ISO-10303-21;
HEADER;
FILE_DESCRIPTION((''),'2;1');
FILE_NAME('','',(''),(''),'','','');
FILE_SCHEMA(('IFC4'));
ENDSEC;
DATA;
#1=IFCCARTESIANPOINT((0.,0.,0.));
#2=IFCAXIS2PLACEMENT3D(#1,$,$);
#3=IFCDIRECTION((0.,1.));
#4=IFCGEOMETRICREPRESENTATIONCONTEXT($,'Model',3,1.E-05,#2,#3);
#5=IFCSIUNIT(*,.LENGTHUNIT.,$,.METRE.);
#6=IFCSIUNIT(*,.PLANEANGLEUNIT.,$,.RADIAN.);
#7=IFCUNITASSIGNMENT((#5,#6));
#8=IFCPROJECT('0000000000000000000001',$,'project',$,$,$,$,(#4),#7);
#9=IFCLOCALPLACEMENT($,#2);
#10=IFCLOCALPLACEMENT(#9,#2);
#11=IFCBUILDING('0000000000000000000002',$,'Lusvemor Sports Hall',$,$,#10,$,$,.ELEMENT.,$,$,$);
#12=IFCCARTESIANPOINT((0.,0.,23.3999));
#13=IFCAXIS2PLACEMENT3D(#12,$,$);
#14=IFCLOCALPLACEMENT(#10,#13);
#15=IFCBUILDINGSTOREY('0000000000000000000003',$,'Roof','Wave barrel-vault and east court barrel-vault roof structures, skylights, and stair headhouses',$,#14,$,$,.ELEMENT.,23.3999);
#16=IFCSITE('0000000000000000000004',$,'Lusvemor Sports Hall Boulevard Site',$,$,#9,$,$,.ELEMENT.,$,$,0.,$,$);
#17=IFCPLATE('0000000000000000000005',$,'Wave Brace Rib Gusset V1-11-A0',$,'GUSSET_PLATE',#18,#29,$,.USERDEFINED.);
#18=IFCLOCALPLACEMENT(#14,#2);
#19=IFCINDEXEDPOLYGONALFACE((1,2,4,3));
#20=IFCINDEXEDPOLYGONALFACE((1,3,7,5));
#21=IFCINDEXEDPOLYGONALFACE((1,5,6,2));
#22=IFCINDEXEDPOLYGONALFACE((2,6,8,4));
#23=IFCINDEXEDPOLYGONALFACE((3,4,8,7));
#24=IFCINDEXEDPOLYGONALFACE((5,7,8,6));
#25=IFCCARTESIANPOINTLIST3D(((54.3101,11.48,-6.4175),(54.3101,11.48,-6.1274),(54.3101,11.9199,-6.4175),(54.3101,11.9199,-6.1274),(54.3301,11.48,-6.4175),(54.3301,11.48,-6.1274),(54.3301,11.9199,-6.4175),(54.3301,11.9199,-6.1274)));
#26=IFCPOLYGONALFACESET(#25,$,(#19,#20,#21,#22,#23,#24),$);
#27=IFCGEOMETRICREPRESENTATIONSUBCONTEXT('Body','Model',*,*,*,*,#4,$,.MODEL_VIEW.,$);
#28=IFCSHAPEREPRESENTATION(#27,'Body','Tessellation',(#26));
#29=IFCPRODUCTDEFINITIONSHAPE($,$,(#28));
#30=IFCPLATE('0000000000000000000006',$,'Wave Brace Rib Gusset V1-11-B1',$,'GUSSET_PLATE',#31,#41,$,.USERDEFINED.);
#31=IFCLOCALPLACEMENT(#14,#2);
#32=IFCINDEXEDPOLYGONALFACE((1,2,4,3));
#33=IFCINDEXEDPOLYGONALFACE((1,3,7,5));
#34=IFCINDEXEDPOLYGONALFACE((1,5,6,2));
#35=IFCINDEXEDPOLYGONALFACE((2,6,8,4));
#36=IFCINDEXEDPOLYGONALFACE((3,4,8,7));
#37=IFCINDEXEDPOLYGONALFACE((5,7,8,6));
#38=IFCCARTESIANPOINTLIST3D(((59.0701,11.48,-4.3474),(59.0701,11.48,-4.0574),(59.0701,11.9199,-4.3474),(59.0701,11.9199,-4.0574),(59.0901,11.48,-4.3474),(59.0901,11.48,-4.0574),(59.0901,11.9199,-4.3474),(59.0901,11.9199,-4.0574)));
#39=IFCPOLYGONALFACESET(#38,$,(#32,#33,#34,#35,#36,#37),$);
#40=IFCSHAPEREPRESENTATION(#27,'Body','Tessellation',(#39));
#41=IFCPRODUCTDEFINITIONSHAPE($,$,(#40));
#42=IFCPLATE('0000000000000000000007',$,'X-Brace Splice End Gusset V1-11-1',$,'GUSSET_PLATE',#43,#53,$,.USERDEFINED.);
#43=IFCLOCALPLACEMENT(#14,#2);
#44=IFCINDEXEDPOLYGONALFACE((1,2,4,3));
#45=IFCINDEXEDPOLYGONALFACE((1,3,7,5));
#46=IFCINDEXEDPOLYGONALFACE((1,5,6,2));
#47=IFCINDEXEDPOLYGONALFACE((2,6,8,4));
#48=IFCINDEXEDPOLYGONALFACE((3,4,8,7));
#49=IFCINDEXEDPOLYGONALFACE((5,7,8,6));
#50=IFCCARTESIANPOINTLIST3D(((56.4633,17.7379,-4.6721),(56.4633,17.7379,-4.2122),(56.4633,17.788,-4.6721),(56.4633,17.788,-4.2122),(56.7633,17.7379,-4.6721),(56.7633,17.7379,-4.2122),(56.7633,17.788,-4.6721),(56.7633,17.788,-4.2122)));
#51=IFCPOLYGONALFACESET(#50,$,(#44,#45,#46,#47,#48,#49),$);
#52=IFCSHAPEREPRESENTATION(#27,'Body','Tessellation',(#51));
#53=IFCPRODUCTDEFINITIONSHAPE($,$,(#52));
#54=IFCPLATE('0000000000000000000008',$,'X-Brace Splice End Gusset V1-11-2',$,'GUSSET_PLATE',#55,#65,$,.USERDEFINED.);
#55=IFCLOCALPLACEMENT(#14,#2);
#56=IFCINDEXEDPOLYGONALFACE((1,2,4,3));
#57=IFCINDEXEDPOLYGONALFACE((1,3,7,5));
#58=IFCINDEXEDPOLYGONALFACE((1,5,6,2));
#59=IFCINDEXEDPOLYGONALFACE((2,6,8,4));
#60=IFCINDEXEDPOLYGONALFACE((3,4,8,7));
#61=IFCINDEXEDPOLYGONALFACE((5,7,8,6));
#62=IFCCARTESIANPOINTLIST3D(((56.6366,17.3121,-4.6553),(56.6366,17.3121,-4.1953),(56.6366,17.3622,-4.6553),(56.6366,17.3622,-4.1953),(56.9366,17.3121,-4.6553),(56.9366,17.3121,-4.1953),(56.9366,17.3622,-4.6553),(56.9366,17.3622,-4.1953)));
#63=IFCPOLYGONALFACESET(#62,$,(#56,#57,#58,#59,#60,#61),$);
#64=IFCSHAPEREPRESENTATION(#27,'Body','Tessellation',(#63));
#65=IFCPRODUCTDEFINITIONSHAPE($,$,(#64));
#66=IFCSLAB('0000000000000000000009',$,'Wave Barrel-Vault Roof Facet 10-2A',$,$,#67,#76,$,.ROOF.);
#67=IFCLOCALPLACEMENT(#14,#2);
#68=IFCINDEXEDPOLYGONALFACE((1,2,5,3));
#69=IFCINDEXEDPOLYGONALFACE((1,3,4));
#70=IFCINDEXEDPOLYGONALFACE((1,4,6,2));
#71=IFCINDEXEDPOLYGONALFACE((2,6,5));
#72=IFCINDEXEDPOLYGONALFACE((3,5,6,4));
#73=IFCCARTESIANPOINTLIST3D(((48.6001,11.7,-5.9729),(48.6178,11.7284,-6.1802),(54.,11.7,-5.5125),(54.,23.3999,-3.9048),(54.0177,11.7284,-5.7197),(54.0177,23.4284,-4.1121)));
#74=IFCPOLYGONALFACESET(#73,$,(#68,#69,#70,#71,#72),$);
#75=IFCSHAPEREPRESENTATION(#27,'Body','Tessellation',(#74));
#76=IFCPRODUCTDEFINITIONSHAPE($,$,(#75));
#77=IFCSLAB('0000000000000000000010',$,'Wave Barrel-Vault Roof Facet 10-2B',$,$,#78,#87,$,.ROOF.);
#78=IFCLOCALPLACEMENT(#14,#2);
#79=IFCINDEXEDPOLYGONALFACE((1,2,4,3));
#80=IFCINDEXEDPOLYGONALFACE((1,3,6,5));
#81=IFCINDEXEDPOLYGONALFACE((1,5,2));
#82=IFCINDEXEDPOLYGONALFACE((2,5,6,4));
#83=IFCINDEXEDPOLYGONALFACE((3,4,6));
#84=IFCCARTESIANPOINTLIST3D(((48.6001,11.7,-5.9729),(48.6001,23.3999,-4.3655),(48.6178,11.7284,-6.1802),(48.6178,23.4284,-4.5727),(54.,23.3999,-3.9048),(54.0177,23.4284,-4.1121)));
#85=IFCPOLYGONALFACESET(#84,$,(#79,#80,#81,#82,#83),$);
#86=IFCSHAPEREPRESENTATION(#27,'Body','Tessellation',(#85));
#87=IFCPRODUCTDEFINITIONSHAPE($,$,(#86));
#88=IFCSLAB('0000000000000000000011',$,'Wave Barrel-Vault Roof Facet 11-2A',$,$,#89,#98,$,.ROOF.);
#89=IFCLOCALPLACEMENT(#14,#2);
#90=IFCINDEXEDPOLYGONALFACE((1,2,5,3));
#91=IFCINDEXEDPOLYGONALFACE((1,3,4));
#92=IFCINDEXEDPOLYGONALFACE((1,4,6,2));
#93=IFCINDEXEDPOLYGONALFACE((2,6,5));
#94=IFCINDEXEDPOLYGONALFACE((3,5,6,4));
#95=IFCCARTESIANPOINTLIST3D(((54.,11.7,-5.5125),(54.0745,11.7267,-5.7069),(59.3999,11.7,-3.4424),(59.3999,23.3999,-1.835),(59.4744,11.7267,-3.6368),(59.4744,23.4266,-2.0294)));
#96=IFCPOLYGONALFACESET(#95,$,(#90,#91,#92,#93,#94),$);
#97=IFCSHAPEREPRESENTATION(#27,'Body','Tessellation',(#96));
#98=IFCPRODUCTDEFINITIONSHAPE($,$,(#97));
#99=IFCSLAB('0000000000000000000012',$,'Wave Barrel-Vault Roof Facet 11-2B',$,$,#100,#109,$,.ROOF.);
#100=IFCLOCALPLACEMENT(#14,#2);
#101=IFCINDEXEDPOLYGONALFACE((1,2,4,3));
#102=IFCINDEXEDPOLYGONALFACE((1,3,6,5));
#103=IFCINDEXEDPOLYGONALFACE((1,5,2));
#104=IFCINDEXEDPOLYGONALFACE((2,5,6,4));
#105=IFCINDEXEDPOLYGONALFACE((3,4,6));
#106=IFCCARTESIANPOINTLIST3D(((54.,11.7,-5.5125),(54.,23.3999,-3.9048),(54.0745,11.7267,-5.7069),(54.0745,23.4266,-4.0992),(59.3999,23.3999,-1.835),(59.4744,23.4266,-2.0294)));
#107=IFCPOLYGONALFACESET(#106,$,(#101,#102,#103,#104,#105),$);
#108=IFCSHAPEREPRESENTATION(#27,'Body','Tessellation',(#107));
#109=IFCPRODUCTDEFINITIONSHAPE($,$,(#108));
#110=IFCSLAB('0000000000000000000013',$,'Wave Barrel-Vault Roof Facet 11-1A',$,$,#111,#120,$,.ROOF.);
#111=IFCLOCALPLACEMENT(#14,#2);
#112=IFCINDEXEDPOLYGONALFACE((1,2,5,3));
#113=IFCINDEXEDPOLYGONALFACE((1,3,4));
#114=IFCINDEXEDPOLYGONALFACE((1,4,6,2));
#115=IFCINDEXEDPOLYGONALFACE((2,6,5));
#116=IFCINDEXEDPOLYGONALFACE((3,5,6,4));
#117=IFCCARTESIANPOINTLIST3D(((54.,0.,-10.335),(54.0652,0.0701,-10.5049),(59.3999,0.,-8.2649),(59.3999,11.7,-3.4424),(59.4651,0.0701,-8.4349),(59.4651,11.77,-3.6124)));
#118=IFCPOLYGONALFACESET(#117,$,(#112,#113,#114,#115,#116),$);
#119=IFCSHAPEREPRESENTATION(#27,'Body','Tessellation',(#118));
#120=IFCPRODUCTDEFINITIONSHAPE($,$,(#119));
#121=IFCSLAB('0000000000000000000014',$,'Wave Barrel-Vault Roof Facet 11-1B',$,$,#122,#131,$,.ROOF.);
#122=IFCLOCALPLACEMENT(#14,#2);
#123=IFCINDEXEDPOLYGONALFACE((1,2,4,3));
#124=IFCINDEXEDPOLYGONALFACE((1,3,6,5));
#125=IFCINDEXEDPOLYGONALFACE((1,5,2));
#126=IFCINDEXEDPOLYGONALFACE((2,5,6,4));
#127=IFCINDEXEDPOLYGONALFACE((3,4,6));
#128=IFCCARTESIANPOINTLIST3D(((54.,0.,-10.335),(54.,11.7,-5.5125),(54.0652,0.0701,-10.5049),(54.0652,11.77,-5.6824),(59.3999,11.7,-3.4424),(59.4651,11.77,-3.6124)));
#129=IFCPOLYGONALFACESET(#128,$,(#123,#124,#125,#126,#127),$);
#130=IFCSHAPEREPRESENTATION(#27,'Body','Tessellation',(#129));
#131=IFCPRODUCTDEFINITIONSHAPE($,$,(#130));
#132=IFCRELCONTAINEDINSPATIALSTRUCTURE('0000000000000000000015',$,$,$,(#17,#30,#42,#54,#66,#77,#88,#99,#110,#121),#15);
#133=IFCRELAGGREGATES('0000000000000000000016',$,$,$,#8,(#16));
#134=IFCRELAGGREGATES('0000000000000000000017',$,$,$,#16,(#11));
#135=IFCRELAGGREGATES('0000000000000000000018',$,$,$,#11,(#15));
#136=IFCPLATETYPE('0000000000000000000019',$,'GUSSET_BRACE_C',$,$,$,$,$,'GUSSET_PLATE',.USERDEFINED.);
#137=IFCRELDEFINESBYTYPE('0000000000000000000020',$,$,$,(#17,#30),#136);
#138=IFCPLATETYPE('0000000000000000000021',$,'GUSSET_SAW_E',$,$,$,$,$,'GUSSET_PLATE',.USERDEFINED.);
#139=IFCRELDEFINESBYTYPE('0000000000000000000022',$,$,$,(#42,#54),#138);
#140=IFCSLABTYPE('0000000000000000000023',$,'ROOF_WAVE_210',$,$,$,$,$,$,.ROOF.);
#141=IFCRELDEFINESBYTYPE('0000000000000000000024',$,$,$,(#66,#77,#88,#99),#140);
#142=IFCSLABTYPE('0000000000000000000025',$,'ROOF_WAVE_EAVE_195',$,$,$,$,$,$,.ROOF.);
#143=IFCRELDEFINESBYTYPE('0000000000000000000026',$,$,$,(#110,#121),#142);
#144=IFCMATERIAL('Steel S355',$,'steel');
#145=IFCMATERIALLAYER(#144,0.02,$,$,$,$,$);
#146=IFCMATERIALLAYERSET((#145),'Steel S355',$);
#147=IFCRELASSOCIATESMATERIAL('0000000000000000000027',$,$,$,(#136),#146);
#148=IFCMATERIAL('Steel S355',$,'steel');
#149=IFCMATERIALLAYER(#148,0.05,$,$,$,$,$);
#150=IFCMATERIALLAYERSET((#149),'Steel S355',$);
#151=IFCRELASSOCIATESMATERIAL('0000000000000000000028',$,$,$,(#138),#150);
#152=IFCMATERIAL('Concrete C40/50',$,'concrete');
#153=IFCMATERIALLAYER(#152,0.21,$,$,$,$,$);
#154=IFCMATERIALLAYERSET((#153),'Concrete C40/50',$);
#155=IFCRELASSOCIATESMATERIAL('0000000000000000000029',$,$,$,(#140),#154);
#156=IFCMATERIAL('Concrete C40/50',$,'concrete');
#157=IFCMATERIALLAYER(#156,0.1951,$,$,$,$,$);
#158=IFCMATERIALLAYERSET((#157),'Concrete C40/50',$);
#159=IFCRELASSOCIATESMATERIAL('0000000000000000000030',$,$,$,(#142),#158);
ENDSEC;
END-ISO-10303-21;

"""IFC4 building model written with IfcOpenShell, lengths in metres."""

from ifc_helpers import new_model, si_unit, direction, frame, origin, origin_2d, place, context, subcontext, project, spatial, polyline, rectangle, outline, extrude, material, layer, layer_set, type_object, element, save


model = new_model("IFC4")

# Units and contexts
model_context = context("Model", 3, precision=1e-05, world=origin(), true_north=direction((0.0, 1.0)))
body_context = subcontext(model_context, "Body", "Model", "MODEL_VIEW")
ifc_project = project(units=[si_unit("LENGTHUNIT", "METRE"), si_unit("PLANEANGLEUNIT", "RADIAN")], contexts=[model_context])

# Site, building, storey
site_placement = place(None, origin())
site = spatial("IfcSite", under=ifc_project, at=site_placement, Name="Lusvemor Sports Hall Boulevard Site", CompositionType="ELEMENT", RefElevation=0.0)
building_placement = place(site_placement, origin())
building = spatial("IfcBuilding", under=site, at=building_placement, Name="Lusvemor Sports Hall", CompositionType="ELEMENT")
storey_placement = place(building_placement, frame((0.0, 0.0, 23.3999)))
storey = spatial("IfcBuildingStorey", under=building, at=storey_placement, Name="Roof", Description="Wave barrel-vault and east court barrel-vault roof structures, skylights, and stair headhouses", CompositionType="ELEMENT", Elevation=23.3999)

# Plates
ifc_material_1 = material(Name="Steel S355", Category="steel")
ifc_layer_1 = layer(ifc_material_1, 0.02)
ifc_layer_set_1 = layer_set([ifc_layer_1], Name="Steel S355")
plate_type_1 = type_object("IfcPlateType", Name="GUSSET_BRACE_C", ElementType="GUSSET_PLATE", PredefinedType="USERDEFINED", material=ifc_layer_set_1)
for number, where, z_axis, x_axis, name in (
    (1, (54.3201, 11.7, -6.4175), (0.0, 0.0, 1.0), (1.0, 0.0, 0.0), "Wave Brace Rib Gusset V1-11-A0"),
    (2, (59.0801, 11.7, -4.3474), (0.0, 0.0, 1.0), (1.0, 0.0, 0.0), "Wave Brace Rib Gusset V1-11-B1"),
):
    element("IfcPlate", number, at=place(storey_placement, frame(where, z_axis=z_axis, x_axis=x_axis)), inside=storey, type_object=plate_type_1, Name=name, ObjectType="GUSSET_PLATE", PredefinedType="USERDEFINED", context=body_context, shape_type="SweptSolid", body=[
        extrude(rectangle(XDim=0.02, YDim=0.4399, at=origin_2d()), origin(), (0.0, 0.0, 1.0), 0.29),
    ])
ifc_material_2 = material(Name="Steel S355", Category="steel")
ifc_layer_2 = layer(ifc_material_2, 0.05)
ifc_layer_set_2 = layer_set([ifc_layer_2], Name="Steel S355")
plate_type_2 = type_object("IfcPlateType", Name="GUSSET_SAW_E", ElementType="GUSSET_PLATE", PredefinedType="USERDEFINED", material=ifc_layer_set_2)
for number, where, z_axis, x_axis, name in (
    (3, (56.6133, 17.7629, -4.6721), (0.0, 0.0, 1.0), (1.0, 0.0, 0.0), "X-Brace Splice End Gusset V1-11-1"),
    (4, (56.7866, 17.3372, -4.6553), (0.0, 0.0, 1.0), (1.0, 0.0, 0.0), "X-Brace Splice End Gusset V1-11-2"),
):
    element("IfcPlate", number, at=place(storey_placement, frame(where, z_axis=z_axis, x_axis=x_axis)), inside=storey, type_object=plate_type_2, Name=name, ObjectType="GUSSET_PLATE", PredefinedType="USERDEFINED", context=body_context, shape_type="SweptSolid", body=[
        extrude(rectangle(XDim=0.3, YDim=0.05, at=origin_2d()), origin(), (0.0, 0.0, 1.0), 0.46),
    ])

# Slabs
ifc_material_3 = material(Name="Concrete C40/50", Category="concrete")
ifc_layer_3 = layer(ifc_material_3, 0.21)
ifc_layer_set_3 = layer_set([ifc_layer_3], Name="Concrete C40/50")
slab_type_1 = type_object("IfcSlabType", Name="ROOF_WAVE_210", PredefinedType="ROOF", material=ifc_layer_set_3)
slab_1_placement = place(storey_placement, frame((48.6001, 11.7, -5.9729), z_axis=(-0.084176, -0.135646, 0.987175), x_axis=(0.996384, 0.0, 0.084962)))
element("IfcSlab", 5, at=slab_1_placement, inside=storey, type_object=slab_type_1, Name="Wave Barrel-Vault Roof Facet 10-2A", PredefinedType="ROOF", context=body_context, shape_type="SweptSolid", body=[
    extrude(outline(polyline([(0.0, 0.0), (5.4195, 0.0), (5.5561, 11.8091), (0.0, 0.0)])), origin(), (0.0, 0.0, -1.0), 0.21),
])
slab_2_placement = place(storey_placement, frame((48.6001, 11.7, -5.9729), z_axis=(-0.084221, -0.135625, 0.987174), x_axis=(0.413758, 0.896489, 0.158466)))
element("IfcSlab", 6, at=slab_2_placement, inside=storey, type_object=slab_type_1, Name="Wave Barrel-Vault Roof Facet 10-2B", PredefinedType="ROOF", context=body_context, shape_type="SweptSolid", body=[
    extrude(outline(polyline([(0.0, 0.0), (13.0509, 0.0), (10.7436, 4.9038), (0.0, 0.0)])), origin(), (0.0, 0.0, -1.0), 0.21),
])
slab_3_placement = place(storey_placement, frame((54.0, 11.7, -5.5125), z_axis=(-0.355042, -0.127241, 0.92615), x_axis=(0.93374, 0.0, 0.357952)))
element("IfcSlab", 7, at=slab_3_placement, inside=storey, type_object=slab_type_1, Name="Wave Barrel-Vault Roof Facet 11-2A", PredefinedType="ROOF", context=body_context, shape_type="SweptSolid", body=[
    extrude(outline(polyline([(0.0, 0.0), (5.7831, 0.0), (6.3585, 11.7958), (0.0, 0.0)])), origin(), (0.0, 0.0, -1.0), 0.21),
])
slab_4_placement = place(storey_placement, frame((54.0, 11.7, -5.5125), z_axis=(-0.355005, -0.127262, 0.926162), x_axis=(0.402965, 0.873102, 0.274431)))
element("IfcSlab", 8, at=slab_4_placement, inside=storey, type_object=slab_type_1, Name="Wave Barrel-Vault Roof Facet 11-2B", PredefinedType="ROOF", context=body_context, shape_type="SweptSolid", body=[
    extrude(outline(polyline([(0.0, 0.0), (13.4004, 0.0), (10.6564, 5.0905), (0.0, 0.0)])), origin(), (0.0, 0.0, -1.0), 0.21),
])
ifc_material_4 = material(Name="Concrete C40/50", Category="concrete")
ifc_layer_4 = layer(ifc_material_4, 0.1951)
ifc_layer_set_4 = layer_set([ifc_layer_4], Name="Concrete C40/50")
slab_type_2 = type_object("IfcSlabType", Name="ROOF_WAVE_EAVE_195", PredefinedType="ROOF", material=ifc_layer_set_4)
slab_5_placement = place(storey_placement, frame((54.0, 0.0, -10.335), z_axis=(-0.334064, -0.359187, 0.871428), x_axis=(0.93374, 0.0, 0.357952)))
element("IfcSlab", 9, at=slab_5_placement, inside=storey, type_object=slab_type_2, Name="Wave Barrel-Vault Roof Facet 11-1A", PredefinedType="ROOF", context=body_context, shape_type="SweptSolid", body=[
    extrude(outline(polyline([(0.0, 0.0), (5.7831, 0.0), (7.5093, 12.5366), (0.0, 0.0)])), origin(), (0.0, 0.0, -1.0), 0.1951),
])
slab_6_placement = place(storey_placement, frame((54.0, 0.0, -10.335), z_axis=(-0.334064, -0.359187, 0.871428), x_axis=(0.369514, 0.800624, 0.471657)))
element("IfcSlab", 10, at=slab_6_placement, inside=storey, type_object=slab_type_2, Name="Wave Barrel-Vault Roof Facet 11-1B", PredefinedType="ROOF", context=body_context, shape_type="SweptSolid", body=[
    extrude(outline(polyline([(0.0, 0.0), (14.6135, 0.0), (11.6418, 4.9612), (0.0, 0.0)])), origin(), (0.0, 0.0, -1.0), 0.1951),
])

save(model, "model.ifc")
